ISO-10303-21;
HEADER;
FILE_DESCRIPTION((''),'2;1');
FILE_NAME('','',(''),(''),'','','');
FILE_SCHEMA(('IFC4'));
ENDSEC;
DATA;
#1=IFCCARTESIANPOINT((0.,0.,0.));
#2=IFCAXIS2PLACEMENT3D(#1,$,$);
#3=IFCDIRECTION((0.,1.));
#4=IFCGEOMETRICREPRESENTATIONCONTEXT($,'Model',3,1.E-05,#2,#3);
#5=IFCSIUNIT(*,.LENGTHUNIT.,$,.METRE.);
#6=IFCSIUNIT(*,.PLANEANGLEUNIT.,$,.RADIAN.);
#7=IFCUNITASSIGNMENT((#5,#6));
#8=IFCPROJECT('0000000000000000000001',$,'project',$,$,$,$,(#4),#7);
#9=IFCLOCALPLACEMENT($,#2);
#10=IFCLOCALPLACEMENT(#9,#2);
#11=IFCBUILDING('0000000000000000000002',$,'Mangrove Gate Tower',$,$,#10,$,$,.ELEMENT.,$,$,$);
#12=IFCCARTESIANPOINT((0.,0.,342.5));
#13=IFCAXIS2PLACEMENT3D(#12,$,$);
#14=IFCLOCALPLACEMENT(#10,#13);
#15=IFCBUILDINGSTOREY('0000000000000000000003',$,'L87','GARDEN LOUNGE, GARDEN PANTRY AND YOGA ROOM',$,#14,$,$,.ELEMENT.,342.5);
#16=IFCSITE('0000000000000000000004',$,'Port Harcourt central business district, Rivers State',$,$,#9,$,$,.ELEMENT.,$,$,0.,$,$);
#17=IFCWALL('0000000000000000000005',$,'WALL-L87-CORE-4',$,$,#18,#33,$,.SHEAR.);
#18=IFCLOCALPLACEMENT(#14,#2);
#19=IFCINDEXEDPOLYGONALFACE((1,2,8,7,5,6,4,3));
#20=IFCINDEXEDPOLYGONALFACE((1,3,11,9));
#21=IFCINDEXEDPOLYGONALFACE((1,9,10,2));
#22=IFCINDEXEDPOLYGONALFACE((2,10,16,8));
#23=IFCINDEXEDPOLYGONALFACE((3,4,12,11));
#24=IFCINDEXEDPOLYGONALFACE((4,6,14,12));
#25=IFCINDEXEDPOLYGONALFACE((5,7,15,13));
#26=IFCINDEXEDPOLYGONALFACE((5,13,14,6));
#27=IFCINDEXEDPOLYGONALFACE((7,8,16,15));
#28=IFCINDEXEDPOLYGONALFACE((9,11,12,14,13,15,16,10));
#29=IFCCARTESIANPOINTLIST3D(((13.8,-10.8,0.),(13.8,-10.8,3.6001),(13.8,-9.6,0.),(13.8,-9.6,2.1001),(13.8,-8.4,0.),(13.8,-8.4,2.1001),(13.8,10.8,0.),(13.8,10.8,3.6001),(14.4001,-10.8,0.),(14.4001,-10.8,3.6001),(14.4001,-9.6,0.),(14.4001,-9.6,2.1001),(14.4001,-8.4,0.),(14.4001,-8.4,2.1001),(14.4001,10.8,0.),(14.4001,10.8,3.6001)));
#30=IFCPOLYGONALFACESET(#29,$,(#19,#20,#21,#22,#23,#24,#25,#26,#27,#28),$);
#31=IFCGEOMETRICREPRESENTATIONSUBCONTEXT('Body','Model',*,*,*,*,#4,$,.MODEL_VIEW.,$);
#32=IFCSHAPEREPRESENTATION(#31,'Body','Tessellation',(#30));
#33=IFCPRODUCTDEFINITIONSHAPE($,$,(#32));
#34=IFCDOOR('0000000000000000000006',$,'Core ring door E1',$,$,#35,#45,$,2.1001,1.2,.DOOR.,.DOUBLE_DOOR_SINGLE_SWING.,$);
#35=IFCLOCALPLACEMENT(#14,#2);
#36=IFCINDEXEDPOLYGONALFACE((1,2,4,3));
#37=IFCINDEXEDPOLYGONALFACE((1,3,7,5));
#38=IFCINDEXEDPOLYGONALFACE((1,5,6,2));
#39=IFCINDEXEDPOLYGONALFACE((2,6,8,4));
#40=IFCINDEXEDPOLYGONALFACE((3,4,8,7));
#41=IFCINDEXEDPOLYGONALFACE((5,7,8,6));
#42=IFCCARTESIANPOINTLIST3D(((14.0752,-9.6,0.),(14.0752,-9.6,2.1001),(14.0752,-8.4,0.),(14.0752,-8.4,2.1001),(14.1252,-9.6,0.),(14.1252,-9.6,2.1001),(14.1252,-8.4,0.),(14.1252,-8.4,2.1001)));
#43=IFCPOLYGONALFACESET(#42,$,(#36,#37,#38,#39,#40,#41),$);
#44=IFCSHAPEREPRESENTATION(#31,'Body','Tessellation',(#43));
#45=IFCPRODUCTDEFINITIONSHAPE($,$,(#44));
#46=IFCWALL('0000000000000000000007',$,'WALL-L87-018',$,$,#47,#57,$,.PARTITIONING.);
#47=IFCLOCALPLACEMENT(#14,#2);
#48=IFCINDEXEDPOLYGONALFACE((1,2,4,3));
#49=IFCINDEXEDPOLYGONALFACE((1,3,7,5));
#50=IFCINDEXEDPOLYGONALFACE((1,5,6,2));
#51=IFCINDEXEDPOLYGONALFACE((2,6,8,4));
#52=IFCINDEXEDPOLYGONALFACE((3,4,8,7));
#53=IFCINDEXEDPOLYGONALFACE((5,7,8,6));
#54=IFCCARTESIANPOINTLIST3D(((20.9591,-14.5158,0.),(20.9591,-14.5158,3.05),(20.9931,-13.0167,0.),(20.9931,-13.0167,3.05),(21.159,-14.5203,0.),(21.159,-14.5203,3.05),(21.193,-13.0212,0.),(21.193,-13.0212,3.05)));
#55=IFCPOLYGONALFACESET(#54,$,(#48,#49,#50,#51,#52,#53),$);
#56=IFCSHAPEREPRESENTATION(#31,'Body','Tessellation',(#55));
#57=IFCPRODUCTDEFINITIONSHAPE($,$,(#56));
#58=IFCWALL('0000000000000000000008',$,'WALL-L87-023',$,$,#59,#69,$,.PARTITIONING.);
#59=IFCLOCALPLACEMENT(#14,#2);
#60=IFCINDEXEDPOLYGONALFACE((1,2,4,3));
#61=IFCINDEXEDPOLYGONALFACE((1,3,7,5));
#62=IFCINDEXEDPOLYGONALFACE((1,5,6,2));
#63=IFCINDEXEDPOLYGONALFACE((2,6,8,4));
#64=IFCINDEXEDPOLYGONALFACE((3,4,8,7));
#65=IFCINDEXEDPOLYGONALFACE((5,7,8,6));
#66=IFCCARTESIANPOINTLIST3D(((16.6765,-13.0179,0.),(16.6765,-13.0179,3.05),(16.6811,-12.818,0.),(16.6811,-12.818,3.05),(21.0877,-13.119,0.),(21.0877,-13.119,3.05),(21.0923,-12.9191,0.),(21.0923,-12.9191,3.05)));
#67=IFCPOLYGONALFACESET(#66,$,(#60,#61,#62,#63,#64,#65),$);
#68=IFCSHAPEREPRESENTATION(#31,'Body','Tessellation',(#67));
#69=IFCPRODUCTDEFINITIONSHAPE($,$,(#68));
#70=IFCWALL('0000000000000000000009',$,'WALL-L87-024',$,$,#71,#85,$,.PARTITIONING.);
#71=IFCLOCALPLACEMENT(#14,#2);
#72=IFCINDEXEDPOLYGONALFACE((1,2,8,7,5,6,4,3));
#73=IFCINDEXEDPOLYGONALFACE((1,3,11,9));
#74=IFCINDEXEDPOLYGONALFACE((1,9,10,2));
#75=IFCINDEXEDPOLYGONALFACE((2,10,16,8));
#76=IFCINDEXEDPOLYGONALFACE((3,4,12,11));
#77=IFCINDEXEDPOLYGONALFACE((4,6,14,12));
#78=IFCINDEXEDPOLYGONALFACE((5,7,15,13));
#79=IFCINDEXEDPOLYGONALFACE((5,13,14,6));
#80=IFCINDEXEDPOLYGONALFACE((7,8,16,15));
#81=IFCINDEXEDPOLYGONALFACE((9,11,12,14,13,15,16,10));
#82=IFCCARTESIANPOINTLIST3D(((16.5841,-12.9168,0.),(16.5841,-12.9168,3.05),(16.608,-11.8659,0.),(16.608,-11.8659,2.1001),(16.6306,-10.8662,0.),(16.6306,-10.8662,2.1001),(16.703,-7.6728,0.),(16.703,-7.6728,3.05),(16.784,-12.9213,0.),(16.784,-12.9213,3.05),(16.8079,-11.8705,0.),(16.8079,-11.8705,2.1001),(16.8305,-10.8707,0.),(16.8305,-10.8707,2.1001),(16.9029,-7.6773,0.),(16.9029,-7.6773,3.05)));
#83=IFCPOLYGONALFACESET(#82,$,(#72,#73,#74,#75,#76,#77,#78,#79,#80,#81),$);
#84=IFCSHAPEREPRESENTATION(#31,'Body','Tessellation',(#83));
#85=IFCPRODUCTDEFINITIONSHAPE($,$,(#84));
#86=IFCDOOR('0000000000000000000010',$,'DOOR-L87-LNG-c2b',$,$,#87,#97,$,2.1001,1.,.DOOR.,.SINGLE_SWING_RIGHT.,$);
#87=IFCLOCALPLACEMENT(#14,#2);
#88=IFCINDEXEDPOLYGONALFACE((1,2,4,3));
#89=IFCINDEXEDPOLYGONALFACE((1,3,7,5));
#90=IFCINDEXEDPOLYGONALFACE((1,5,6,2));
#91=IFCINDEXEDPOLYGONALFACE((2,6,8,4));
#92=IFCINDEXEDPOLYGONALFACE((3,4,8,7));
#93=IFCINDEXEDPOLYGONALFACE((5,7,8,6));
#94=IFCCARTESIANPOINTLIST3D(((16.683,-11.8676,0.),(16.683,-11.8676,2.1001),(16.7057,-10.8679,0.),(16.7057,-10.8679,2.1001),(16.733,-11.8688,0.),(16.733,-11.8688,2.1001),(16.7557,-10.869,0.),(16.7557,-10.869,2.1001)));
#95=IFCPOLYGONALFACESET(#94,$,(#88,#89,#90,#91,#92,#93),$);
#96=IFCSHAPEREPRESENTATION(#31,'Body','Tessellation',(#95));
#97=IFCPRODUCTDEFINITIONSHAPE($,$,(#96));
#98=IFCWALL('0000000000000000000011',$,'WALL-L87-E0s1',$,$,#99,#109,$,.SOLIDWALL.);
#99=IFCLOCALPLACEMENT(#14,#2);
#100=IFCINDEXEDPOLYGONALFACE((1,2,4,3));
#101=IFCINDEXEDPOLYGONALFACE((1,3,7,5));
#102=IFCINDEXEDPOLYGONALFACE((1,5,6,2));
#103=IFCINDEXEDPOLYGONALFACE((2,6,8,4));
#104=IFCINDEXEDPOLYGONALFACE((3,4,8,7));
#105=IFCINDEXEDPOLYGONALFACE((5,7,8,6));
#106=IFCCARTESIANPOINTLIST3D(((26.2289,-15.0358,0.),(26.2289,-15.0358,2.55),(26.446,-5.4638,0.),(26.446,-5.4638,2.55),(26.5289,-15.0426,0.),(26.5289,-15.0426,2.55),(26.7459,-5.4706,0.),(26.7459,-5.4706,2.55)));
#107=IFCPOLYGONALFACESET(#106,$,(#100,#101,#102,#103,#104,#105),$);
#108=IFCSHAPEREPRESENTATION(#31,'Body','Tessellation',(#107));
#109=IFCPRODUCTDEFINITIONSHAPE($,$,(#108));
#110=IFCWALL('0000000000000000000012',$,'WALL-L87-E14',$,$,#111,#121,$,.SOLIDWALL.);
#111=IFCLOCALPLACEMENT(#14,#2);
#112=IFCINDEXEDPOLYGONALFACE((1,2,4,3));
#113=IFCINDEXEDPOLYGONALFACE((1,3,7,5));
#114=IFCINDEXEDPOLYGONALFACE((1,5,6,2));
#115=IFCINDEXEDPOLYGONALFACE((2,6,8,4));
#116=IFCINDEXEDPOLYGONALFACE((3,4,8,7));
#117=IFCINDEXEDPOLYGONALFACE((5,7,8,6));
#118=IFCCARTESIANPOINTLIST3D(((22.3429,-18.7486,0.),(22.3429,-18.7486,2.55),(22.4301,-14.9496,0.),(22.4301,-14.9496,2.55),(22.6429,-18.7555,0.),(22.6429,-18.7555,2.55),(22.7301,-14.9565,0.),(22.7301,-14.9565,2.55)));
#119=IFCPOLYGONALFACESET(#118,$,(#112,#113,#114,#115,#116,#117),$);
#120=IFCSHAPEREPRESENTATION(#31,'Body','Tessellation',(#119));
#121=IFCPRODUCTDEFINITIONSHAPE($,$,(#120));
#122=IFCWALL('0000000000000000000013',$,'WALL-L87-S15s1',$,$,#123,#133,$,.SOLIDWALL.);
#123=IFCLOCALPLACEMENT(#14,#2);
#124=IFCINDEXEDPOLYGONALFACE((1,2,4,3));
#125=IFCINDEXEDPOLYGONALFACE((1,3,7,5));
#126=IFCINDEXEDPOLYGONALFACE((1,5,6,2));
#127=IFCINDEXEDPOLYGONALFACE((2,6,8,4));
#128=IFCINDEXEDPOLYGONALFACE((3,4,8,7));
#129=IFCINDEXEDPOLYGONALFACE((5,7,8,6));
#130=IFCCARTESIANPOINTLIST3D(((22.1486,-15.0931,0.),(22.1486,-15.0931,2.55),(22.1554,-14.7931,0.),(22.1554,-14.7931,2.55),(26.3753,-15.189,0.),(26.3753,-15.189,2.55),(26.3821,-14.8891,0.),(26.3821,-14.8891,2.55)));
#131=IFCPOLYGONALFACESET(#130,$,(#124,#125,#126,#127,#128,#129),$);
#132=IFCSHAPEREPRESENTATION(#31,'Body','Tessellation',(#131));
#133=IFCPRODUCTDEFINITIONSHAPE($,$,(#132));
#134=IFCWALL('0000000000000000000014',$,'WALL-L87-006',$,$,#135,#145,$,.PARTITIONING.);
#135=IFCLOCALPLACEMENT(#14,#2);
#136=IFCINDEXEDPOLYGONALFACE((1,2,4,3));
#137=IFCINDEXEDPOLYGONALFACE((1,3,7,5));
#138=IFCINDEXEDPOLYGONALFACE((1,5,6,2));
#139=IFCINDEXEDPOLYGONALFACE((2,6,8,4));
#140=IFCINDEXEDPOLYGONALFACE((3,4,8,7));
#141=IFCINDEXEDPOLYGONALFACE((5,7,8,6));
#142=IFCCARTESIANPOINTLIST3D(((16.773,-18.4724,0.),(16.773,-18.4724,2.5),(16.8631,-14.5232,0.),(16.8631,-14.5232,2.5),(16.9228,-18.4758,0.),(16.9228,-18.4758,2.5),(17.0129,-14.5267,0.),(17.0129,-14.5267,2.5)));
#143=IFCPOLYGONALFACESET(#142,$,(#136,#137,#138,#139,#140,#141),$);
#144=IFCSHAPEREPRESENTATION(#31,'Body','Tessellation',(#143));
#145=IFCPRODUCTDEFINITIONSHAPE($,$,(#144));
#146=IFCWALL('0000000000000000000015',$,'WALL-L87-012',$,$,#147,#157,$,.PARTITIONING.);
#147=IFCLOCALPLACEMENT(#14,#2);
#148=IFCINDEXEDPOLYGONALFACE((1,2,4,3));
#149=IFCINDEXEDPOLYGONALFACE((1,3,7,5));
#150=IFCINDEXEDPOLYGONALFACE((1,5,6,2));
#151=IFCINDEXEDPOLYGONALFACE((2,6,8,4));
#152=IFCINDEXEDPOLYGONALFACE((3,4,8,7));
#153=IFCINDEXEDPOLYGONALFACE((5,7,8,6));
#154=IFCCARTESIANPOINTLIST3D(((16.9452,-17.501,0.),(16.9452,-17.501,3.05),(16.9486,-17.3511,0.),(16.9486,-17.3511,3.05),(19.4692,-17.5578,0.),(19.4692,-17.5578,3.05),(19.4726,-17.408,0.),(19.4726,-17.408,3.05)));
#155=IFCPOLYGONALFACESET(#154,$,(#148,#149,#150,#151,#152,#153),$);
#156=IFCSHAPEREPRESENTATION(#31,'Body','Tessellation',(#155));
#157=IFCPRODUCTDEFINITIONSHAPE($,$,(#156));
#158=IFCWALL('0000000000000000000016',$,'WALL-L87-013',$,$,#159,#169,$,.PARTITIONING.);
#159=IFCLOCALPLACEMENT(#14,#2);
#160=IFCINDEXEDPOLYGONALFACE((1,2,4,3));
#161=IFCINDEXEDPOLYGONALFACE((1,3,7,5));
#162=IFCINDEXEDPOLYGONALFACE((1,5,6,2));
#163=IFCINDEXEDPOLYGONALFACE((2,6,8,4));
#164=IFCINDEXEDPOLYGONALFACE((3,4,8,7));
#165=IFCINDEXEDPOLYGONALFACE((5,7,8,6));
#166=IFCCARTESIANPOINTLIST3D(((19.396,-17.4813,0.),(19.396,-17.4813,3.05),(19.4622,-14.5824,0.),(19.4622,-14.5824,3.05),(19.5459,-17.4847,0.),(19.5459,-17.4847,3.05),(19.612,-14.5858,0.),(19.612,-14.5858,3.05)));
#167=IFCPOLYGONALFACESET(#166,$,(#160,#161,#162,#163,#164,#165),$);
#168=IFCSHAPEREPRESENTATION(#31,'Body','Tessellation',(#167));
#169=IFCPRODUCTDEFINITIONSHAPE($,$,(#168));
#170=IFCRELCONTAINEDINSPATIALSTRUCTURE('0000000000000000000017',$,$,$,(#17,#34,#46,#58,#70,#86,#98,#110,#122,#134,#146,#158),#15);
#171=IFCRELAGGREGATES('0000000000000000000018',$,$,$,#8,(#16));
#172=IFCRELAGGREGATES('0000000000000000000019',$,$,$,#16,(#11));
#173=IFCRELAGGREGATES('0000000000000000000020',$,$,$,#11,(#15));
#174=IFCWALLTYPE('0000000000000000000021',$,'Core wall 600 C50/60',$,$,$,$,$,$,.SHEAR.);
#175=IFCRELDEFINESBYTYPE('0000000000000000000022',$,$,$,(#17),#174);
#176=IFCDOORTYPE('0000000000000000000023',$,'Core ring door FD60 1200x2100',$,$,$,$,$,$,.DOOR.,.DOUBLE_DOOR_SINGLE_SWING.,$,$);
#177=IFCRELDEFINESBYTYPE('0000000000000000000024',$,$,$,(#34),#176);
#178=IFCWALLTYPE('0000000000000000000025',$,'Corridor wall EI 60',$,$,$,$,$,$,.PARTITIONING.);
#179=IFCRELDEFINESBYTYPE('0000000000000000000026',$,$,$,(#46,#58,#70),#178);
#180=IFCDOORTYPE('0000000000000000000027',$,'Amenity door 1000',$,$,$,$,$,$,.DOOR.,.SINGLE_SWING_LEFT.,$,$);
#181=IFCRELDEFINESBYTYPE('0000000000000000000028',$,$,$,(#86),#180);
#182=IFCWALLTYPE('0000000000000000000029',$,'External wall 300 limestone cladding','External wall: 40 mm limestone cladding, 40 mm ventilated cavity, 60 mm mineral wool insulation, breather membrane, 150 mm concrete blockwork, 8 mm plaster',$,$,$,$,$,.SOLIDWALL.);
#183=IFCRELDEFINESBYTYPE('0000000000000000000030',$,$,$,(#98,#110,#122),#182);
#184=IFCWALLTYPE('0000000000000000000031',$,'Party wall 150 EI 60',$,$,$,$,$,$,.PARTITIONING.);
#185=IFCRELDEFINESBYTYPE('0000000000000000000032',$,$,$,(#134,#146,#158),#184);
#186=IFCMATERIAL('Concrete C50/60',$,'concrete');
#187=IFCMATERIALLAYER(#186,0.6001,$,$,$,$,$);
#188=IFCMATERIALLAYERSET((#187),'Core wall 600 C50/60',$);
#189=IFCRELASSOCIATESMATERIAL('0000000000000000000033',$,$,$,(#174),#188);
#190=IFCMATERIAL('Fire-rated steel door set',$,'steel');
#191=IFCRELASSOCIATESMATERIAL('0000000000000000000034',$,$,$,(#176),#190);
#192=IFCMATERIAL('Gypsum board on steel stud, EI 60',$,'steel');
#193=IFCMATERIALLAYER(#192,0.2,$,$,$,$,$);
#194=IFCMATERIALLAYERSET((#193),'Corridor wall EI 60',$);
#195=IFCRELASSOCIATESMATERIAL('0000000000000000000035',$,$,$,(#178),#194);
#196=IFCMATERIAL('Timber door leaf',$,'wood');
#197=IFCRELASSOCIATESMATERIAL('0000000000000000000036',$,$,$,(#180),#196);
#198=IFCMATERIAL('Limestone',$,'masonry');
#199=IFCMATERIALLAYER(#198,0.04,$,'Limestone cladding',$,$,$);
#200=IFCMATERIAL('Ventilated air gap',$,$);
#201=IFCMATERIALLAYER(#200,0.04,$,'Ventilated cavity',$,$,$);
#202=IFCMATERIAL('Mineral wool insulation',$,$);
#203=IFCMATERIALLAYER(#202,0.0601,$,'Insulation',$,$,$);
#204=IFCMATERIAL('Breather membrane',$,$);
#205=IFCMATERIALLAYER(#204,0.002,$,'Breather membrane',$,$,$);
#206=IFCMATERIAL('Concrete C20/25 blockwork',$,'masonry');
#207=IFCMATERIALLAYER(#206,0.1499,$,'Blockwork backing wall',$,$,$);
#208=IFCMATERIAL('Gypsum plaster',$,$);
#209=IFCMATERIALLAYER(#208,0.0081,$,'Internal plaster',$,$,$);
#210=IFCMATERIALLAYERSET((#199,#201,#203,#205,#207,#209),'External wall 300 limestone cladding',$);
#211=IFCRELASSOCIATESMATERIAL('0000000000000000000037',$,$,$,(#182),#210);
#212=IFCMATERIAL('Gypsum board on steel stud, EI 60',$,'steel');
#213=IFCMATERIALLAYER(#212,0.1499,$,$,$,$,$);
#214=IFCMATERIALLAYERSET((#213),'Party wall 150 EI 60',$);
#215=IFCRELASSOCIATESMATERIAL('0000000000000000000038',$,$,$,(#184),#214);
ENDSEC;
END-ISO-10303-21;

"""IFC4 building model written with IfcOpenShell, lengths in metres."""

from ifc_helpers import new_model, si_unit, direction, frame, frame_2d, origin, place, context, subcontext, project, spatial, rectangle, extrude, material, layer, layer_set, type_object, element, fill, save


model = new_model("IFC4")

# Units and contexts
model_context = context("Model", 3, precision=1e-05, world=origin(), true_north=direction((0.0, 1.0)))
body_context = subcontext(model_context, "Body", "Model", "MODEL_VIEW")
ifc_project = project(units=[si_unit("LENGTHUNIT", "METRE"), si_unit("PLANEANGLEUNIT", "RADIAN")], contexts=[model_context])

# Site, building, storey
site_placement = place(None, origin())
site = spatial("IfcSite", under=ifc_project, at=site_placement, Name="Port Harcourt central business district, Rivers State", CompositionType="ELEMENT", RefElevation=0.0)
building_placement = place(site_placement, origin())
building = spatial("IfcBuilding", under=site, at=building_placement, Name="Mangrove Gate Tower", CompositionType="ELEMENT")
storey_placement = place(building_placement, frame((0.0, 0.0, 342.5)))
storey = spatial("IfcBuildingStorey", under=building, at=storey_placement, Name="L87", Description="GARDEN LOUNGE, GARDEN PANTRY AND YOGA ROOM", CompositionType="ELEMENT", Elevation=342.5)

# Wall, opening, door
ifc_material_1 = material(Name="Concrete C50/60", Category="concrete")
ifc_layer_1 = layer(ifc_material_1, 0.6001)
ifc_layer_set_1 = layer_set([ifc_layer_1], Name="Core wall 600 C50/60")
wall_type_1 = type_object("IfcWallType", Name="Core wall 600 C50/60", PredefinedType="SHEAR", material=ifc_layer_set_1)
wall_1_placement = place(storey_placement, frame((14.1001, -10.8, 0.0), z_axis=(0.0, 0.0, 1.0), x_axis=(0.0, 1.0, 0.0)))
wall_1 = element("IfcWall", 1, at=wall_1_placement, inside=storey, type_object=wall_type_1, Name="WALL-L87-CORE-4", PredefinedType="SHEAR", context=body_context, shape_type="SweptSolid", body=[
    extrude(rectangle(XDim=21.6001, YDim=0.6001, at=frame_2d((10.8, 0.0))), origin(), (0.0, 0.0, 1.0), 3.6001),
])
opening_1_placement = place(wall_1_placement, frame((1.2, 0.0, 0.0)))
opening_1 = element("IfcOpeningElement", 2, at=opening_1_placement, cuts=wall_1, PredefinedType="OPENING", context=body_context, shape_type="SweptSolid", body=[
    extrude(rectangle(XDim=1.2, YDim=2.1001, at=frame_2d((0.6001, 1.05))), frame((0.0, 0.3101, 0.0), z_axis=(0.0, -1.0, 0.0), x_axis=(1.0, 0.0, 0.0)), (0.0, 0.0, 1.0), 0.6201),
])
ifc_material_2 = material(Name="Fire-rated steel door set", Category="steel")
door_type_1 = type_object("IfcDoorType", Name="Core ring door FD60 1200x2100", OperationType="DOUBLE_DOOR_SINGLE_SWING", PredefinedType="DOOR", material=ifc_material_2)
door_1_placement = place(opening_1_placement, origin())
door_1 = element("IfcDoor", 3, at=door_1_placement, inside=storey, type_object=door_type_1, Name="Core ring door E1", OperationType="DOUBLE_DOOR_SINGLE_SWING", OverallHeight=2.1001, OverallWidth=1.2, PredefinedType="DOOR", context=body_context, shape_type="SweptSolid", body=[
    extrude(rectangle(XDim=1.2, YDim=2.1001, at=frame_2d((0.6001, 1.05))), frame((0.0, 0.0249, 0.0), z_axis=(0.0, -1.0, 0.0), x_axis=(1.0, 0.0, 0.0)), (0.0, 0.0, 1.0), 0.05),
])
fill(opening_1, door_1)

# Walls
ifc_material_3 = material(Name="Gypsum board on steel stud, EI 60", Category="steel")
ifc_layer_2 = layer(ifc_material_3, 0.2)
ifc_layer_set_2 = layer_set([ifc_layer_2], Name="Corridor wall EI 60")
wall_type_2 = type_object("IfcWallType", Name="Corridor wall EI 60", PredefinedType="PARTITIONING", material=ifc_layer_set_2)
wall_2_placement = place(storey_placement, frame((21.0591, -14.5181, 0.0), z_axis=(0.0, 0.0, 1.0), x_axis=(0.022633, 0.999744, 0.0)))
element("IfcWall", 4, at=wall_2_placement, inside=storey, type_object=wall_type_2, Name="WALL-L87-018", PredefinedType="PARTITIONING", context=body_context, shape_type="SweptSolid", body=[
    extrude(rectangle(XDim=1.4995, YDim=0.2, at=frame_2d((0.7498, 0.0))), origin(), (0.0, 0.0, 1.0), 3.05),
])
wall_3_placement = place(storey_placement, frame((16.679, -12.918, 0.0), z_axis=(0.0, 0.0, 1.0), x_axis=(0.999738, -0.022907, 0.0)))
element("IfcWall", 5, at=wall_3_placement, inside=storey, type_object=wall_type_2, Name="WALL-L87-023", PredefinedType="PARTITIONING", context=body_context, shape_type="SweptSolid", body=[
    extrude(rectangle(XDim=4.4124, YDim=0.2, at=frame_2d((2.2061, 0.0))), origin(), (0.0, 0.0, 1.0), 3.05),
])

# Wall, opening, door
wall_4_placement = place(storey_placement, frame((16.6841, -12.9189, 0.0), z_axis=(0.0, 0.0, 1.0), x_axis=(0.022667, 0.999743, 0.0)))
wall_4 = element("IfcWall", 6, at=wall_4_placement, inside=storey, type_object=wall_type_2, Name="WALL-L87-024", PredefinedType="PARTITIONING", context=body_context, shape_type="SweptSolid", body=[
    extrude(rectangle(XDim=5.2454, YDim=0.2, at=frame_2d((2.6226, 0.0))), origin(), (0.0, 0.0, 1.0), 3.05),
])
opening_2_placement = place(wall_4_placement, frame((1.051, 0.0, 0.0)))
opening_2 = element("IfcOpeningElement", 7, at=opening_2_placement, cuts=wall_4, PredefinedType="OPENING", context=body_context, shape_type="SweptSolid", body=[
    extrude(rectangle(XDim=1.0, YDim=2.1001, at=frame_2d((0.5, 1.05))), frame((0.0, 0.1099, 0.0), z_axis=(0.0, -1.0, 0.0), x_axis=(1.0, 0.0, 0.0)), (0.0, 0.0, 1.0), 0.22),
])
ifc_material_4 = material(Name="Timber door leaf", Category="wood")
door_type_2 = type_object("IfcDoorType", Name="Amenity door 1000", OperationType="SINGLE_SWING_LEFT", PredefinedType="DOOR", material=ifc_material_4)
door_2_placement = place(opening_2_placement, origin())
door_2 = element("IfcDoor", 8, at=door_2_placement, inside=storey, type_object=door_type_2, Name="DOOR-L87-LNG-c2b", OperationType="SINGLE_SWING_RIGHT", OverallHeight=2.1001, OverallWidth=1.0, PredefinedType="DOOR", context=body_context, shape_type="SweptSolid", body=[
    extrude(rectangle(XDim=1.0, YDim=2.1001, at=frame_2d((0.5, 1.05))), frame((0.0, 0.0249, 0.0), z_axis=(0.0, -1.0, 0.0), x_axis=(1.0, 0.0, 0.0)), (0.0, 0.0, 1.0), 0.05),
])
fill(opening_2, door_2)

# Walls
ifc_material_5 = material(Name="Limestone", Category="masonry")
ifc_layer_3 = layer(ifc_material_5, 0.04, Name="Limestone cladding")
ifc_material_6 = material(Name="Ventilated air gap")
ifc_layer_4 = layer(ifc_material_6, 0.04, Name="Ventilated cavity")
ifc_material_7 = material(Name="Mineral wool insulation")
ifc_layer_5 = layer(ifc_material_7, 0.0601, Name="Insulation")
ifc_material_8 = material(Name="Breather membrane")
ifc_layer_6 = layer(ifc_material_8, 0.002, Name="Breather membrane")
ifc_material_9 = material(Name="Concrete C20/25 blockwork", Category="masonry")
ifc_layer_7 = layer(ifc_material_9, 0.1499, Name="Blockwork backing wall")
ifc_material_10 = material(Name="Gypsum plaster")
ifc_layer_8 = layer(ifc_material_10, 0.0081, Name="Internal plaster")
ifc_layer_set_3 = layer_set([ifc_layer_3, ifc_layer_4, ifc_layer_5, ifc_layer_6, ifc_layer_7, ifc_layer_8], Name="External wall 300 limestone cladding")
wall_type_3 = type_object("IfcWallType", Name="External wall 300 limestone cladding", Description="External wall: 40 mm limestone cladding, 40 mm ventilated cavity, 60 mm mineral wool insulation, breather membrane, 150 mm concrete blockwork, 8 mm plaster", PredefinedType="SOLIDWALL", material=ifc_layer_set_3)
wall_5_placement = place(storey_placement, frame((26.3789, -15.0391, 0.0), z_axis=(0.0, 0.0, 1.0), x_axis=(0.022669, 0.999743, 0.0)))
element("IfcWall", 9, at=wall_5_placement, inside=storey, type_object=wall_type_3, Name="WALL-L87-E0s1", PredefinedType="SOLIDWALL", context=body_context, shape_type="SweptSolid", body=[
    extrude(rectangle(XDim=9.5745, YDim=0.3, at=frame_2d((4.7871, 0.0))), origin(), (0.0, 0.0, 1.0), 2.55),
])
wall_6_placement = place(storey_placement, frame((22.4929, -18.752, 0.0), z_axis=(0.0, 0.0, 1.0), x_axis=(0.022936, 0.999737, 0.0)))
element("IfcWall", 10, at=wall_6_placement, inside=storey, type_object=wall_type_3, Name="WALL-L87-E14", PredefinedType="SOLIDWALL", context=body_context, shape_type="SweptSolid", body=[
    extrude(rectangle(XDim=3.8, YDim=0.3, at=frame_2d((1.8999, 0.0))), origin(), (0.0, 0.0, 1.0), 2.55),
])
wall_7_placement = place(storey_placement, frame((22.1521, -14.9431, 0.0), z_axis=(0.0, 0.0, 1.0), x_axis=(0.999742, -0.022694, 0.0)))
element("IfcWall", 11, at=wall_7_placement, inside=storey, type_object=wall_type_3, Name="WALL-L87-S15s1", PredefinedType="SOLIDWALL", context=body_context, shape_type="SweptSolid", body=[
    extrude(rectangle(XDim=4.2278, YDim=0.3, at=frame_2d((2.1138, 0.0))), origin(), (0.0, 0.0, 1.0), 2.55),
])
ifc_material_11 = material(Name="Gypsum board on steel stud, EI 60", Category="steel")
ifc_layer_9 = layer(ifc_material_11, 0.1499)
ifc_layer_set_4 = layer_set([ifc_layer_9], Name="Party wall 150 EI 60")
wall_type_4 = type_object("IfcWallType", Name="Party wall 150 EI 60", PredefinedType="PARTITIONING", material=ifc_layer_set_4)
wall_8_placement = place(storey_placement, frame((16.8479, -18.4741, 0.0), z_axis=(0.0, 0.0, 1.0), x_axis=(0.022806, 0.99974, 0.0)))
element("IfcWall", 12, at=wall_8_placement, inside=storey, type_object=wall_type_4, Name="WALL-L87-006", PredefinedType="PARTITIONING", context=body_context, shape_type="SweptSolid", body=[
    extrude(rectangle(XDim=3.9502, YDim=0.1499, at=frame_2d((1.9751, 0.0))), origin(), (0.0, 0.0, 1.0), 2.5),
])
wall_9_placement = place(storey_placement, frame((16.947, -17.426, 0.0), z_axis=(0.0, 0.0, 1.0), x_axis=(0.999746, -0.022532, 0.0)))
element("IfcWall", 13, at=wall_9_placement, inside=storey, type_object=wall_type_4, Name="WALL-L87-012", PredefinedType="PARTITIONING", context=body_context, shape_type="SweptSolid", body=[
    extrude(rectangle(XDim=2.5247, YDim=0.1499, at=frame_2d((1.2622, 0.0))), origin(), (0.0, 0.0, 1.0), 3.05),
])
wall_10_placement = place(storey_placement, frame((19.4709, -17.4829, 0.0), z_axis=(0.0, 0.0, 1.0), x_axis=(0.022817, 0.99974, 0.0)))
element("IfcWall", 14, at=wall_10_placement, inside=storey, type_object=wall_type_4, Name="WALL-L87-013", PredefinedType="PARTITIONING", context=body_context, shape_type="SweptSolid", body=[
    extrude(rectangle(XDim=2.8997, YDim=0.1499, at=frame_2d((1.4497, 0.0))), origin(), (0.0, 0.0, 1.0), 3.05),
])

save(model, "model.ifc")
